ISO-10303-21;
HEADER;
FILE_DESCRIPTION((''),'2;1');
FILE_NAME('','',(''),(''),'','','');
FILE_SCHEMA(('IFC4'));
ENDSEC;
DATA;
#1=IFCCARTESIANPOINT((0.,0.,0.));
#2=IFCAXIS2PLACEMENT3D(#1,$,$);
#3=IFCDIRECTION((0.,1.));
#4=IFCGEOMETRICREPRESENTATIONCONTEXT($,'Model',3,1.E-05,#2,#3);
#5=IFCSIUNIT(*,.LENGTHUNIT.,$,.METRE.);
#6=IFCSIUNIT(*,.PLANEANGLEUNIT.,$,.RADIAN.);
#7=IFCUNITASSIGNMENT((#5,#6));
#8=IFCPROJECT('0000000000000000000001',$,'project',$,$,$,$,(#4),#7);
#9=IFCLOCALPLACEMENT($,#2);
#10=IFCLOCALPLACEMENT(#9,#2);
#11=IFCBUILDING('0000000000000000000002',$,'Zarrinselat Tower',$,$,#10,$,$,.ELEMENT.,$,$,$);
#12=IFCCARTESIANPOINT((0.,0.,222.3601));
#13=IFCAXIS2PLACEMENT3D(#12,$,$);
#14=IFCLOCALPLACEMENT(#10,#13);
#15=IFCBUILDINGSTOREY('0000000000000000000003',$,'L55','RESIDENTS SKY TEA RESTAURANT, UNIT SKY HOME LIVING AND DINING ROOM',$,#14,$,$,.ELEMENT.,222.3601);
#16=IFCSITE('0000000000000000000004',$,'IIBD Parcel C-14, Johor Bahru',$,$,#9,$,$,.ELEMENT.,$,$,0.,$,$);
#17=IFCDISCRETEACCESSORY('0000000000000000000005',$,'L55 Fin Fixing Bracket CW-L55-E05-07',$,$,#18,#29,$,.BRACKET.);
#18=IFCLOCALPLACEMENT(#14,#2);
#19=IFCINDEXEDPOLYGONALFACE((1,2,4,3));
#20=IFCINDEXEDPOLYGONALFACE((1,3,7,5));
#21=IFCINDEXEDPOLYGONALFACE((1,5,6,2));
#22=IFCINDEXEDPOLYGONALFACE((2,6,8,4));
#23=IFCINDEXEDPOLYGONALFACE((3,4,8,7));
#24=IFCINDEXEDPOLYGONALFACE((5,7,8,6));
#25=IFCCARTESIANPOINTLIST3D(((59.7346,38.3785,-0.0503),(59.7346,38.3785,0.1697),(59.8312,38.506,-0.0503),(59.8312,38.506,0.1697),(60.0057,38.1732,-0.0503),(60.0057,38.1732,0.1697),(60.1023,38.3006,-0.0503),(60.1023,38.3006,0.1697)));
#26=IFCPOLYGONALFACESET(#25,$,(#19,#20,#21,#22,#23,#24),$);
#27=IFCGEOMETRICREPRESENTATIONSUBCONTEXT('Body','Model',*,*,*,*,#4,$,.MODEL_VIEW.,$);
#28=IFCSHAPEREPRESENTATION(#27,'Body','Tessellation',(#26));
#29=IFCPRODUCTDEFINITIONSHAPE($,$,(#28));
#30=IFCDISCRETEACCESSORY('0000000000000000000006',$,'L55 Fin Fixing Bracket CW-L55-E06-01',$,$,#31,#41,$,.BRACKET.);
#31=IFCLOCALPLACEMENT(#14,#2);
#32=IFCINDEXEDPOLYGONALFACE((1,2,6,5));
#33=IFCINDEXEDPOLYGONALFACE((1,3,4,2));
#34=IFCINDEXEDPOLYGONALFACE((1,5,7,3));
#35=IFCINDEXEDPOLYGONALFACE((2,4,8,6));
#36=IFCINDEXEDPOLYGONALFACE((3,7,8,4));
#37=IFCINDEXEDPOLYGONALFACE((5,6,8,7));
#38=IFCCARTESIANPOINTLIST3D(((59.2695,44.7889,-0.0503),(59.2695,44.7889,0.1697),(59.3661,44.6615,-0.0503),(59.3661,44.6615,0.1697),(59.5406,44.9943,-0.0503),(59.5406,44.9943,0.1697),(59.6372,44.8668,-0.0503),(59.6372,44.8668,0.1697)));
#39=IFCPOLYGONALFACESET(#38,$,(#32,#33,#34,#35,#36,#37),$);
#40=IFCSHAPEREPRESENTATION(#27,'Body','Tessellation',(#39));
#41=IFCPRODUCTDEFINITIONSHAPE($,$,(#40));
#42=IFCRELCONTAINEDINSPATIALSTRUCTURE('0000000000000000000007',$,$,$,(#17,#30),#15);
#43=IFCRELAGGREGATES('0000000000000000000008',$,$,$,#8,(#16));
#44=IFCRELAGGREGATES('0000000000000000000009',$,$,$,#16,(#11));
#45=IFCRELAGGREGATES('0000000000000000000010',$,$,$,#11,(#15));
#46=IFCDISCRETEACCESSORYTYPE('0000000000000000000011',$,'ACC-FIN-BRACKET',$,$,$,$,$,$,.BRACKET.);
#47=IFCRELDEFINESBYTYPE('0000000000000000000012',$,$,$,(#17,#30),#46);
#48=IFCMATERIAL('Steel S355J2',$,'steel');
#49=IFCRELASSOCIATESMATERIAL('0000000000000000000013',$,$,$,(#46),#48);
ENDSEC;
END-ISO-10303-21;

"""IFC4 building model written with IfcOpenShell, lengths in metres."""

from ifc_helpers import new_model, si_unit, direction, frame, origin, origin_2d, place, context, subcontext, project, spatial, rectangle, extrude, material, type_object, element, save


model = new_model("IFC4")

# Units and contexts
model_context = context("Model", 3, precision=1e-05, world=origin(), true_north=direction((0.0, 1.0)))
body_context = subcontext(model_context, "Body", "Model", "MODEL_VIEW")
ifc_project = project(units=[si_unit("LENGTHUNIT", "METRE"), si_unit("PLANEANGLEUNIT", "RADIAN")], contexts=[model_context])

# Site, building, storey
site_placement = place(None, origin())
site = spatial("IfcSite", under=ifc_project, at=site_placement, Name="IIBD Parcel C-14, Johor Bahru", CompositionType="ELEMENT", RefElevation=0.0)
building_placement = place(site_placement, origin())
building = spatial("IfcBuilding", under=site, at=building_placement, Name="Zarrinselat Tower", CompositionType="ELEMENT")
storey_placement = place(building_placement, frame((0.0, 0.0, 222.3601)))
storey = spatial("IfcBuildingStorey", under=building, at=storey_placement, Name="L55", Description="RESIDENTS SKY TEA RESTAURANT, UNIT SKY HOME LIVING AND DINING ROOM", CompositionType="ELEMENT", Elevation=222.3601)

# Discrete accessories
ifc_material_1 = material(Name="Steel S355J2", Category="steel")
discrete_accessory_type = type_object("IfcDiscreteAccessoryType", Name="ACC-FIN-BRACKET", PredefinedType="BRACKET", material=ifc_material_1)
for number, where, z_axis, x_axis, name in (
    (1, (59.9185, 38.3396, -0.0503), (0.0, 0.0, 1.0), (0.797091, -0.603859, 0.0), "L55 Fin Fixing Bracket CW-L55-E05-07"),
    (2, (59.4534, 44.8279, -0.0503), (0.0, 0.0, 1.0), (0.79709, 0.60386, 0.0), "L55 Fin Fixing Bracket CW-L55-E06-01"),
):
    element("IfcDiscreteAccessory", number, at=place(storey_placement, frame(where, z_axis=z_axis, x_axis=x_axis)), inside=storey, type_object=discrete_accessory_type, Name=name, PredefinedType="BRACKET", context=body_context, shape_type="SweptSolid", body=[
        extrude(rectangle(XDim=0.3401, YDim=0.1599, at=origin_2d()), origin(), (0.0, 0.0, 1.0), 0.22),
    ])

save(model, "model.ifc")
